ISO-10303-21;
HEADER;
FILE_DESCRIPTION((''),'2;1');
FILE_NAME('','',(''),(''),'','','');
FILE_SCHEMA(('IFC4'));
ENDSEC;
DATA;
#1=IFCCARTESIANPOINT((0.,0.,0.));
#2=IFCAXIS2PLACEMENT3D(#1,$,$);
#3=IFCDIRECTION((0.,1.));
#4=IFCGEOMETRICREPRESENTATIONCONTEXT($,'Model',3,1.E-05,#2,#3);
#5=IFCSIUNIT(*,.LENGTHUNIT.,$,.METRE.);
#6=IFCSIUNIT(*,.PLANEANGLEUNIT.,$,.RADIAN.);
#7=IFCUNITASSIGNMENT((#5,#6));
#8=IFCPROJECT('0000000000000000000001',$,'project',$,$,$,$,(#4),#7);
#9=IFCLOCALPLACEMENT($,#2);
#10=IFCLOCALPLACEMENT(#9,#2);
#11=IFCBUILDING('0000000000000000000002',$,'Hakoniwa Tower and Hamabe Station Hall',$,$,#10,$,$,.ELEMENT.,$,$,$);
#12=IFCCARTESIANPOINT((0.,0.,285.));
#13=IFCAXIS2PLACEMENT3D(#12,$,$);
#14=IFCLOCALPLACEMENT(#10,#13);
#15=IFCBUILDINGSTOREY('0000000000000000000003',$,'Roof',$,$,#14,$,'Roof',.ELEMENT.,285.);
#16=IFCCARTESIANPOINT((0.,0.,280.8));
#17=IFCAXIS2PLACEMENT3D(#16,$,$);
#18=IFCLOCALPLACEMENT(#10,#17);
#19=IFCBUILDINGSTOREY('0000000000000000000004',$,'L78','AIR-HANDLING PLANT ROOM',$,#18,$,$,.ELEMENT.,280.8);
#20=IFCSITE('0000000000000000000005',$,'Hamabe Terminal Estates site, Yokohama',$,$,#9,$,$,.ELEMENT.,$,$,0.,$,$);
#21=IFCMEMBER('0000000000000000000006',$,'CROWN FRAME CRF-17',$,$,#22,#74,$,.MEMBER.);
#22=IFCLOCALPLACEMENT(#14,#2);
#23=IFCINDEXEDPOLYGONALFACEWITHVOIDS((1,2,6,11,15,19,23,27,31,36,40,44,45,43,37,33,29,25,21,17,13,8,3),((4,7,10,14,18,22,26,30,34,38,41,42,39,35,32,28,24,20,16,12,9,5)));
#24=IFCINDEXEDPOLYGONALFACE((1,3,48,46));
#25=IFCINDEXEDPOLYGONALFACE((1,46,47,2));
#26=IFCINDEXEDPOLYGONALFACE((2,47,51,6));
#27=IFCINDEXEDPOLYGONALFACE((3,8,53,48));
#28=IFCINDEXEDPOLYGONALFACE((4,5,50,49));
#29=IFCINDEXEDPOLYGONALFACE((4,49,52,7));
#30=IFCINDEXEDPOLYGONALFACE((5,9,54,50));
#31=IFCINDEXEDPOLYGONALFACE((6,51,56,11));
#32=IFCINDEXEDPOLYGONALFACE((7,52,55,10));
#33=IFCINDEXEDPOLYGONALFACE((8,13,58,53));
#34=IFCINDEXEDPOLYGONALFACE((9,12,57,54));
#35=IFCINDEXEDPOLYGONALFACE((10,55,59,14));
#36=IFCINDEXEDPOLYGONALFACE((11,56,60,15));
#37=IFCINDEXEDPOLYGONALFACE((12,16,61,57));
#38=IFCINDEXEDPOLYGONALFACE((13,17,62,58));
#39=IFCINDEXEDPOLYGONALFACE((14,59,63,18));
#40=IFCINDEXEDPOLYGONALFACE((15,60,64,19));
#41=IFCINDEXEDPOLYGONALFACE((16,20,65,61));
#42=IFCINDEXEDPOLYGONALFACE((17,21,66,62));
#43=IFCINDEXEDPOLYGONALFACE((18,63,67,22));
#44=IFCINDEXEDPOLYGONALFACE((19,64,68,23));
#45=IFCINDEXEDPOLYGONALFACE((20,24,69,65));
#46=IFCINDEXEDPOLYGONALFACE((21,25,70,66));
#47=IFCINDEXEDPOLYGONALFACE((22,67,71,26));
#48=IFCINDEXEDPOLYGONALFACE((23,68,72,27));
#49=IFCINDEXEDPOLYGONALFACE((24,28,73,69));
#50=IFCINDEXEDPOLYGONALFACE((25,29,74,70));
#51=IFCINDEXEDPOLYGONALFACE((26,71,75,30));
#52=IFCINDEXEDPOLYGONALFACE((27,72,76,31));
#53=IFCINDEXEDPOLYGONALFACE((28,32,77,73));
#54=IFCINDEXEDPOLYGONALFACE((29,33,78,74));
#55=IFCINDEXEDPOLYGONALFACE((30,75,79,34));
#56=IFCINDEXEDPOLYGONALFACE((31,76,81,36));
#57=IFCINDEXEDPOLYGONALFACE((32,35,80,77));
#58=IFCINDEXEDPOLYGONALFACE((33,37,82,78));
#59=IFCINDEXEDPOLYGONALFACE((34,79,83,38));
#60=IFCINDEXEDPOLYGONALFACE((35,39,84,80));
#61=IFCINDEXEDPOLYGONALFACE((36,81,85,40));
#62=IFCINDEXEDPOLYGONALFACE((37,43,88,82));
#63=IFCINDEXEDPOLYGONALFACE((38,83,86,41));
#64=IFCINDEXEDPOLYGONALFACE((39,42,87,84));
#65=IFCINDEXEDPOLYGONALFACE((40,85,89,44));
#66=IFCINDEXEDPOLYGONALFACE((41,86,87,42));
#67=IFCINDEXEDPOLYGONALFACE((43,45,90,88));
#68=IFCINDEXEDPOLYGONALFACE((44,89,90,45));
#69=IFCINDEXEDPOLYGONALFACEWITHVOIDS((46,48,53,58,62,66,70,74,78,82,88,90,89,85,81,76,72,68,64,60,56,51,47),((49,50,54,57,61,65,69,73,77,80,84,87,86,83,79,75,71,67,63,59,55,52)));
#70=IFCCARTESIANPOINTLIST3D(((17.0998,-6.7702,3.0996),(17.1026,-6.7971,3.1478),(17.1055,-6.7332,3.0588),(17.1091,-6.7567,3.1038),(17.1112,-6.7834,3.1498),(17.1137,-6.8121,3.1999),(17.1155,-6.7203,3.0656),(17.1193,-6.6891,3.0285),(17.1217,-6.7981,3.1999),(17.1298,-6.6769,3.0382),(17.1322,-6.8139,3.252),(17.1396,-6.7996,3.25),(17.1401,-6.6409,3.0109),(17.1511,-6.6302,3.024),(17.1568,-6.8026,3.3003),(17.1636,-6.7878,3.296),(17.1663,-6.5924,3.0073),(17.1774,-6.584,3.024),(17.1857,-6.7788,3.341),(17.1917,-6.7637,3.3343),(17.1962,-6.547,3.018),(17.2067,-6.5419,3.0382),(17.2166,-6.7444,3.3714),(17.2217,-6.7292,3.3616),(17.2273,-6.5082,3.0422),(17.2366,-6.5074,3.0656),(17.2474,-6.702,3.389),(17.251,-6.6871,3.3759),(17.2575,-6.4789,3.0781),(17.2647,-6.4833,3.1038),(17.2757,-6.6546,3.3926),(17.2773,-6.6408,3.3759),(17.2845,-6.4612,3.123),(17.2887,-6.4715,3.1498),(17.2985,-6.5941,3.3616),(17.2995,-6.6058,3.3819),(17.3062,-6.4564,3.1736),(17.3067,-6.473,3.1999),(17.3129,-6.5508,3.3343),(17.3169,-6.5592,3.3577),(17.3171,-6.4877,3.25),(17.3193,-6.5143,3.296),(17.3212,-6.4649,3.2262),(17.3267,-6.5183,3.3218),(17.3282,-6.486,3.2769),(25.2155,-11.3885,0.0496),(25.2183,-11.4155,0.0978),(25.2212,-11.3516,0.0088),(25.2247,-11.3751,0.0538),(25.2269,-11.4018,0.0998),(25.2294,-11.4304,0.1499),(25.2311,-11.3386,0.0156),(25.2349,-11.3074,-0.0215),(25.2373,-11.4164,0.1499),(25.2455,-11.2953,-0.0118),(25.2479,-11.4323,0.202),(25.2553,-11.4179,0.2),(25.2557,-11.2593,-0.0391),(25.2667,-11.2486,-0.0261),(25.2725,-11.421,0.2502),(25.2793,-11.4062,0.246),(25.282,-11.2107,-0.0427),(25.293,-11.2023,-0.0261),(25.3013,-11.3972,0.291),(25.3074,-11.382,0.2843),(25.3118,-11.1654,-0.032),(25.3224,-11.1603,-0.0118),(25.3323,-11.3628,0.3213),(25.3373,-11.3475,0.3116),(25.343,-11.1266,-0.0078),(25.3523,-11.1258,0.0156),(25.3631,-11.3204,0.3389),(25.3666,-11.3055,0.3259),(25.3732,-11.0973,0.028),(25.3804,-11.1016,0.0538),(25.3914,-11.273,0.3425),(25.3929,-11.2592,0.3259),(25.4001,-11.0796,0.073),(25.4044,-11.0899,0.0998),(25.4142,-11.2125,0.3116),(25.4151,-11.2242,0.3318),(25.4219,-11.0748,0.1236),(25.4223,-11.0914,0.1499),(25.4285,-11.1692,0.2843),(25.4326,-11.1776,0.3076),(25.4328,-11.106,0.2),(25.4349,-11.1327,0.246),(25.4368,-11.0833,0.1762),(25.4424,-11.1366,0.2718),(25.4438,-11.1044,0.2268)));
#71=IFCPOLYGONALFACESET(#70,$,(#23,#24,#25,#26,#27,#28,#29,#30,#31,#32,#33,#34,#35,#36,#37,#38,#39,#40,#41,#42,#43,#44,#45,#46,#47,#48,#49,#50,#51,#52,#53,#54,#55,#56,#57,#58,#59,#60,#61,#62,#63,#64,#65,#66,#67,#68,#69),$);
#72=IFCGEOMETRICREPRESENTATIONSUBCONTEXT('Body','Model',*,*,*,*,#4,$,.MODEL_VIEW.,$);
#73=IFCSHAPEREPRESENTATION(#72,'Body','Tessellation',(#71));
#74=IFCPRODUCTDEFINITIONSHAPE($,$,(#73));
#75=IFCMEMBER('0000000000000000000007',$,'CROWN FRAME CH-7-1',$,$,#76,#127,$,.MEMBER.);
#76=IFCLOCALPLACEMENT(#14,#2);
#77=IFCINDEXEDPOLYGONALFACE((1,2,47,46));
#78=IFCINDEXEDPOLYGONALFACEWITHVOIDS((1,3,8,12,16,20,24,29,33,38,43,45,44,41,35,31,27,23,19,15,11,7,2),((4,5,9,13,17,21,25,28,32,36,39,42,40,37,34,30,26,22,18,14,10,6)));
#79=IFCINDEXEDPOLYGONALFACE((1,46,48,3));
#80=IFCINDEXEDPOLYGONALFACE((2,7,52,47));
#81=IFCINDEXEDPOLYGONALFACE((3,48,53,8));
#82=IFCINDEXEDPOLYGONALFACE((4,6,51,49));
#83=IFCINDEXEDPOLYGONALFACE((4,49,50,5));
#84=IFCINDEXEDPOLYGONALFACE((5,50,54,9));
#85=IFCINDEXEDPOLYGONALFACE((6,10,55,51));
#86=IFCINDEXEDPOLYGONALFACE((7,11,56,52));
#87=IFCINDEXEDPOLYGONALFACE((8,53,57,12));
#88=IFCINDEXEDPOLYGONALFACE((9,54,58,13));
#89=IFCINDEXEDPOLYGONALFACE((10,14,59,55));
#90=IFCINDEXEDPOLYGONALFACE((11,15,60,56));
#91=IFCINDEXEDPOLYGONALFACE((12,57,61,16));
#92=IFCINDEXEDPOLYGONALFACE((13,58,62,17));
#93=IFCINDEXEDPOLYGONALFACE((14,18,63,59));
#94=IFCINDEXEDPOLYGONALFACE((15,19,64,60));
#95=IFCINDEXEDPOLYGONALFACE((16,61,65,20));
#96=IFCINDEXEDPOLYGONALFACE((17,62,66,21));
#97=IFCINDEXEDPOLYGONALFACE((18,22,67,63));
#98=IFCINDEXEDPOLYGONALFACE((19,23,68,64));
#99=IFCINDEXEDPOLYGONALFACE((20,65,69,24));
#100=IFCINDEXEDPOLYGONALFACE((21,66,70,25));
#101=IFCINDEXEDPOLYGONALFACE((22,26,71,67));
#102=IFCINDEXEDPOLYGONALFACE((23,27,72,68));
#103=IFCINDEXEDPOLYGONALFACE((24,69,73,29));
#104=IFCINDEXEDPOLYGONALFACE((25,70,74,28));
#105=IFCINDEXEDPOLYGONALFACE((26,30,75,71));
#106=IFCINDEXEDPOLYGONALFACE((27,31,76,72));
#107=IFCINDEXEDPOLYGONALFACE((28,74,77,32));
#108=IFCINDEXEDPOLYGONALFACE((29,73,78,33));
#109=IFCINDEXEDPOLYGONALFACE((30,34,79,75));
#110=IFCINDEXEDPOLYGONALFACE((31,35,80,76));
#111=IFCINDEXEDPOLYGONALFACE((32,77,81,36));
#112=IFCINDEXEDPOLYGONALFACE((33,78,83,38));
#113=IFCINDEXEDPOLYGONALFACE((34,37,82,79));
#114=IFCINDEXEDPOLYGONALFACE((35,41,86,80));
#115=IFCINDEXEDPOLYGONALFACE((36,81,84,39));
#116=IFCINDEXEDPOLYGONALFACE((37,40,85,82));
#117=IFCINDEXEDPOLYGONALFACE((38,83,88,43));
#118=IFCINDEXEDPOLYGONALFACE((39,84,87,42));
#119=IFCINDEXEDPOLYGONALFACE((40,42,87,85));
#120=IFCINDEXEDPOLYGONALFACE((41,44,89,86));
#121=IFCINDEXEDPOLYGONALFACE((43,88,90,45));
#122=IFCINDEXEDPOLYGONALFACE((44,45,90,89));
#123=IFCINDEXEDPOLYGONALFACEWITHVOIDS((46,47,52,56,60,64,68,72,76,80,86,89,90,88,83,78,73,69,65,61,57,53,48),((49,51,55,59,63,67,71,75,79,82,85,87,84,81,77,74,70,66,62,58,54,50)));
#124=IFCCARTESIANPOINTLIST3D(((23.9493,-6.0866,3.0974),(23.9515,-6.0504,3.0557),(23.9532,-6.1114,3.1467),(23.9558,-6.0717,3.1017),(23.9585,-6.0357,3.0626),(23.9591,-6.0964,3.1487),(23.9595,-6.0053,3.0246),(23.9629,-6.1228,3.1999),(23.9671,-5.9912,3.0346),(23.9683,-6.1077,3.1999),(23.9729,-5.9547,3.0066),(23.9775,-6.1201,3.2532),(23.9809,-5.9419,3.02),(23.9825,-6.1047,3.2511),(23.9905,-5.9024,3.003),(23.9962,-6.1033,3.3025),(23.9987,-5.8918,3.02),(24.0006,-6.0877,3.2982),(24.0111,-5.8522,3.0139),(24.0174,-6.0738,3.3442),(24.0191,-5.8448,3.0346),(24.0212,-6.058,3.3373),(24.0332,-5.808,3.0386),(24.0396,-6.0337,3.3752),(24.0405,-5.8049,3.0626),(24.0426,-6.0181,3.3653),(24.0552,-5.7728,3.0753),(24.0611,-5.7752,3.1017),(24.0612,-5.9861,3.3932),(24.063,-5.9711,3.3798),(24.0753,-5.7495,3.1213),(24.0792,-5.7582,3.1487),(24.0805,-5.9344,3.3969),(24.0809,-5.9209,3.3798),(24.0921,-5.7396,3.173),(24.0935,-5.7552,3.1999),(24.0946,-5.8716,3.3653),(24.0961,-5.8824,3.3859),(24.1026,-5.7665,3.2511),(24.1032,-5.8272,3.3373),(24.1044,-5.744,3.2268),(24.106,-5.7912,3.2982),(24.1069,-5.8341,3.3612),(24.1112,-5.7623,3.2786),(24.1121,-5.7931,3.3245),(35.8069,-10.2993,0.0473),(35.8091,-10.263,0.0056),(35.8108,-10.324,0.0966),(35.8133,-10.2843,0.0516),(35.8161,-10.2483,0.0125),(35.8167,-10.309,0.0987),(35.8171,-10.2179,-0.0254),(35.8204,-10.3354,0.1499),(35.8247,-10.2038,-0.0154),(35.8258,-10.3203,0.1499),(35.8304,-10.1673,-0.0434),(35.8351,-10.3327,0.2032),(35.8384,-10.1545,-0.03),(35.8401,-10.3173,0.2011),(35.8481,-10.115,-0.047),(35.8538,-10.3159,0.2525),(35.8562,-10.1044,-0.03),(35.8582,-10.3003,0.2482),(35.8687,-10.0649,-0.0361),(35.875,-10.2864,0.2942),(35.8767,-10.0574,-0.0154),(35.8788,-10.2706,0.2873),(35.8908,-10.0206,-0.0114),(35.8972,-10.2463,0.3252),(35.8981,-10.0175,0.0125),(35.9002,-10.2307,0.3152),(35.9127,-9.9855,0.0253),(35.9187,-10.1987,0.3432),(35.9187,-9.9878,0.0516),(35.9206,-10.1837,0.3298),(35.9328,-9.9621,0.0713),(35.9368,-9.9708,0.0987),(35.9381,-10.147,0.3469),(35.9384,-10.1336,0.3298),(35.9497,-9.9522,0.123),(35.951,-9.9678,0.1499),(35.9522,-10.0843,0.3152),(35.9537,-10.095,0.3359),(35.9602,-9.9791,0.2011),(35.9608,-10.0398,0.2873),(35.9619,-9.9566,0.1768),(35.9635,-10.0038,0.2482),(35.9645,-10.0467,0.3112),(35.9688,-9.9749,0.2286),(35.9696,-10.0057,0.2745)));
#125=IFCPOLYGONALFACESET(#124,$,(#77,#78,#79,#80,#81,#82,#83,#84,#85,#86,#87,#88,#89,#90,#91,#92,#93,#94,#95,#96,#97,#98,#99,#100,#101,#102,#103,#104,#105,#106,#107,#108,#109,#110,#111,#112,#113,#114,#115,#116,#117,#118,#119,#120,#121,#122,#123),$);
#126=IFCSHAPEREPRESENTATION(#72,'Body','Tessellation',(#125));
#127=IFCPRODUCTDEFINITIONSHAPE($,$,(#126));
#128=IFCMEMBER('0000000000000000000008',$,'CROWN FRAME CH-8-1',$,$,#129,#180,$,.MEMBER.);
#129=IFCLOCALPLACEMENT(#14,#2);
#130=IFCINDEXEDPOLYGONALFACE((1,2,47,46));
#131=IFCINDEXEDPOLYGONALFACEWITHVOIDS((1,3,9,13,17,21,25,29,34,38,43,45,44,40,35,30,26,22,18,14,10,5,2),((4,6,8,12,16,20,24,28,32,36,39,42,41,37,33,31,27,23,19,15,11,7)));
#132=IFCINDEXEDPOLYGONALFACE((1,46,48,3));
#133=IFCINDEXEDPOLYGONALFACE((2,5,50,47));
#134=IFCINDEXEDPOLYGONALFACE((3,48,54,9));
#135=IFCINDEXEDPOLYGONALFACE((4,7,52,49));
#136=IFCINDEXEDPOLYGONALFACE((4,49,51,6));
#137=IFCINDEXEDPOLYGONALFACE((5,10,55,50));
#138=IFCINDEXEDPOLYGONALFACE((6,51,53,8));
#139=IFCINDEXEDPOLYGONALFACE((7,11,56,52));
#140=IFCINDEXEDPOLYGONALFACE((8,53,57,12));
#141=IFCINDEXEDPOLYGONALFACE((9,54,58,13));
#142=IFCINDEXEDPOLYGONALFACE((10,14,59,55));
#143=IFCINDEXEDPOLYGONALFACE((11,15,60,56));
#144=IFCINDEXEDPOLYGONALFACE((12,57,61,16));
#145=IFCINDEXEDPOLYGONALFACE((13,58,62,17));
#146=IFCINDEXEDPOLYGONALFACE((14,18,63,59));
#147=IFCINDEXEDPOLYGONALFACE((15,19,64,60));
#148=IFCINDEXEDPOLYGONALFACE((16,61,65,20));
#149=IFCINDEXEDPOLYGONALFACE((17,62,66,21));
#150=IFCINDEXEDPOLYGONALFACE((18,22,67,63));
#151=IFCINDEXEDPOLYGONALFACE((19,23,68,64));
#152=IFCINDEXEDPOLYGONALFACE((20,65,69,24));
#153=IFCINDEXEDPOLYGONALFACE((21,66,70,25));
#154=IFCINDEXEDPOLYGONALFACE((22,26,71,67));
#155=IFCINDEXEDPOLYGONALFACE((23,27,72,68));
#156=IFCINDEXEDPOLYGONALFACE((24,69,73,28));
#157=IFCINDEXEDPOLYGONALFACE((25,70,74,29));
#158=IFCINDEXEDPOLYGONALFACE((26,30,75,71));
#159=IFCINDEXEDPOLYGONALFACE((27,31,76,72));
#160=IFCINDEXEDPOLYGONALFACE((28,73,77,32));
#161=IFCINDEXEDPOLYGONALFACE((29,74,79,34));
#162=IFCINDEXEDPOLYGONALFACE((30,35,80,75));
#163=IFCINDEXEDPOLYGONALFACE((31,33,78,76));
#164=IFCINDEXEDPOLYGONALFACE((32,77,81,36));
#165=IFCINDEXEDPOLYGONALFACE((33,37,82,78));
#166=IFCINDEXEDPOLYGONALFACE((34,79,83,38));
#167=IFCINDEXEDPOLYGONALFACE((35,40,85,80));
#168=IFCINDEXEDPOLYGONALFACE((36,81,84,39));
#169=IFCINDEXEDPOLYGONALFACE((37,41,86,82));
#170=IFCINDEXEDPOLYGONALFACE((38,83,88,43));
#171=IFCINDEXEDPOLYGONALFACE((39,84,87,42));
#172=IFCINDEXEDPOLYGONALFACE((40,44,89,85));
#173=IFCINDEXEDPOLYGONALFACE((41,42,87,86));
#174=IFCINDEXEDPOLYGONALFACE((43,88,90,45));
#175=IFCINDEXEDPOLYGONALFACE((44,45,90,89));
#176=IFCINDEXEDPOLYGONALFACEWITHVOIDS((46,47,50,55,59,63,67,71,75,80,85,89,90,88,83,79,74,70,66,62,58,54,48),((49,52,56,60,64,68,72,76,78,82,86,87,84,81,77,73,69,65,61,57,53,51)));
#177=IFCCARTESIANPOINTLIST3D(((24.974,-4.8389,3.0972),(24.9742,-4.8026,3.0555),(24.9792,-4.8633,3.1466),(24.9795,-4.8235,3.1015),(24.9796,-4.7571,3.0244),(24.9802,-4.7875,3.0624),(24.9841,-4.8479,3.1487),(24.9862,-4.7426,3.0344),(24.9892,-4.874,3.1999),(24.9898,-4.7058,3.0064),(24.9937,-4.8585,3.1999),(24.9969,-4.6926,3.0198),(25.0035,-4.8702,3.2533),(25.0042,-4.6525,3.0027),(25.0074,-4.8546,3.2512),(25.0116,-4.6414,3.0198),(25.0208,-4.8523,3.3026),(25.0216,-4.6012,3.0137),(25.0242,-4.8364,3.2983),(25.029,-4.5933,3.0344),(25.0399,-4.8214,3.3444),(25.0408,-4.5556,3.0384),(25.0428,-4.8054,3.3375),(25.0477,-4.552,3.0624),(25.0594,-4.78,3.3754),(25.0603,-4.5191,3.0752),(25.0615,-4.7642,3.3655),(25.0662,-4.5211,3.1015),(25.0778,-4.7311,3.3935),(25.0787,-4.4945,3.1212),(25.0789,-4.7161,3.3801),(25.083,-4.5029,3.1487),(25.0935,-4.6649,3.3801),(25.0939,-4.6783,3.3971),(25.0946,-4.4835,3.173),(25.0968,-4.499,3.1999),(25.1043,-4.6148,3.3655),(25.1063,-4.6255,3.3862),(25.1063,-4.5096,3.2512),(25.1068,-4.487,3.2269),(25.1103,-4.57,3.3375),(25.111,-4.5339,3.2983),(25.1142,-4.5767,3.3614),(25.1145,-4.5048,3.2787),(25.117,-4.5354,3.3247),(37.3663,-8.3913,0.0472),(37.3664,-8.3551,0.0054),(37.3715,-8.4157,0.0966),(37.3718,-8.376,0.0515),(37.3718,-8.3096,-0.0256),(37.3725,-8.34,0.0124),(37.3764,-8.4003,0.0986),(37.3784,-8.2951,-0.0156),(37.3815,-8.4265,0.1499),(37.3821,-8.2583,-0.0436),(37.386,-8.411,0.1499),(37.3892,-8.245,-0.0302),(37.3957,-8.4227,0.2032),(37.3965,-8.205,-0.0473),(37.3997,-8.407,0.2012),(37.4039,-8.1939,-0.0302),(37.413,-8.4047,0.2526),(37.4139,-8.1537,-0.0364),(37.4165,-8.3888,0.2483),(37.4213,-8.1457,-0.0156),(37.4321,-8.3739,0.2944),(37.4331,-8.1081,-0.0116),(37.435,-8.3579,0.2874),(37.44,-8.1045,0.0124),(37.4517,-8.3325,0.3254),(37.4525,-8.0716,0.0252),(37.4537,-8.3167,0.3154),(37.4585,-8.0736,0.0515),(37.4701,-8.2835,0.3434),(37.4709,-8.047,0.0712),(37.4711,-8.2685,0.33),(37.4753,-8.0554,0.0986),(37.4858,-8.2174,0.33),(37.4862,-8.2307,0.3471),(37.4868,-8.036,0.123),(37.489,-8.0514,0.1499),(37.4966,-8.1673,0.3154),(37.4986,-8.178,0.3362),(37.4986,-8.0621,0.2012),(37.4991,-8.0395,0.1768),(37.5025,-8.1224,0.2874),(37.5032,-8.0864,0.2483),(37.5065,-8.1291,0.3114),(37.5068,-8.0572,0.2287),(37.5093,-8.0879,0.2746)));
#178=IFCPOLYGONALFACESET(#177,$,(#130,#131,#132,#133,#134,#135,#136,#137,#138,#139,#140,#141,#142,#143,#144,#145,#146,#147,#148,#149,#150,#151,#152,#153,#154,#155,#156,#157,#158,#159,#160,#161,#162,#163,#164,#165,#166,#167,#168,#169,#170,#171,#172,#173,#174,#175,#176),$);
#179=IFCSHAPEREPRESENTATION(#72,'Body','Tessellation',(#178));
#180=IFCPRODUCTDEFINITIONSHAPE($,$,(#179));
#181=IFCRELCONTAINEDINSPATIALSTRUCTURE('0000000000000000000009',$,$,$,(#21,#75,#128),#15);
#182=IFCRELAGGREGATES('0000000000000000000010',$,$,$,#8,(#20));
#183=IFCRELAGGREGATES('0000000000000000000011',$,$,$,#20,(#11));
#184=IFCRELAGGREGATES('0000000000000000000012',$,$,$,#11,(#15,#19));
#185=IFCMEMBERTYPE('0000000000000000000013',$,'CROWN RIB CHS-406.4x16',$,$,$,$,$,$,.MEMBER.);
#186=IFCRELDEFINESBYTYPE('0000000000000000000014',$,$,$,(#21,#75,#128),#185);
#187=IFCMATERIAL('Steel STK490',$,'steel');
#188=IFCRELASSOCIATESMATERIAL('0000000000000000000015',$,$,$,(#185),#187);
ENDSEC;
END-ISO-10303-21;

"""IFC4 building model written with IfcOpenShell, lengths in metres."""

from ifc_helpers import new_model, si_unit, direction, frame, origin, origin_2d, place, context, subcontext, project, spatial, hollow_circle, extrude, material, material_profile, profile_set, type_object, element, save


model = new_model("IFC4")

# Units and contexts
model_context = context("Model", 3, precision=1e-05, world=origin(), true_north=direction((0.0, 1.0)))
body_context = subcontext(model_context, "Body", "Model", "MODEL_VIEW")
ifc_project = project(units=[si_unit("LENGTHUNIT", "METRE"), si_unit("PLANEANGLEUNIT", "RADIAN")], contexts=[model_context])

# Site, building, storey
site_placement = place(None, origin())
site = spatial("IfcSite", under=ifc_project, at=site_placement, Name="Hamabe Terminal Estates site, Yokohama", CompositionType="ELEMENT", RefElevation=0.0)
building_placement = place(site_placement, origin())
building = spatial("IfcBuilding", under=site, at=building_placement, Name="Hakoniwa Tower and Hamabe Station Hall", CompositionType="ELEMENT")
storey_1_placement = place(building_placement, frame((0.0, 0.0, 285.0)))
storey_1 = spatial("IfcBuildingStorey", under=building, at=storey_1_placement, Name="Roof", LongName="Roof", CompositionType="ELEMENT", Elevation=285.0)

# Members
ifc_material_1 = material(Name="Steel STK490", Category="steel")
ifc_material_profile_1 = material_profile(ifc_material_1, hollow_circle(Radius=0.2031, WallThickness=0.0161, at=origin_2d()), Name="CHS-406.4x16")
ifc_profile_set_1 = profile_set([ifc_material_profile_1], Name="Steel STK490")
member_type_1 = type_object("IfcMemberType", Name="CROWN RIB CHS-406.4x16", PredefinedType="MEMBER", material=ifc_profile_set_1)
member_1_placement = place(storey_1_placement, frame((25.3298, -11.2539, 0.1499), z_axis=(-0.82617, 0.470148, 0.310491), x_axis=(-0.494592, -0.869125, 0.0)))
element("IfcMember", 1, at=member_1_placement, inside=storey_1, type_object=member_type_1, Name="CROWN FRAME CRF-17", PredefinedType="MEMBER", context=body_context, shape_type="SweptSolid", body=[
    extrude(hollow_circle(Radius=0.2031, WallThickness=0.0161, at=origin_2d()), origin(), (0.0, 0.0, 1.0), 9.8232),
])
member_2_placement = place(storey_1_placement, frame((35.8884, -10.144, 0.1499), z_axis=(-0.915784, 0.325348, 0.235559), x_axis=(-0.334769, -0.9423, 0.0)))
element("IfcMember", 2, at=member_2_placement, inside=storey_1, type_object=member_type_1, Name="CROWN FRAME CH-7-1", PredefinedType="MEMBER", context=body_context, shape_type="SweptSolid", body=[
    extrude(hollow_circle(Radius=0.2031, WallThickness=0.0161, at=origin_2d()), origin(), (0.0, 0.0, 1.0), 12.948),
])
member_3_placement = place(storey_1_placement, frame((37.4375, -8.2312, 0.1499), z_axis=(-0.935456, 0.268166, 0.230238), x_axis=(-0.275569, -0.961281, 0.0)))
element("IfcMember", 3, at=member_3_placement, inside=storey_1, type_object=member_type_1, Name="CROWN FRAME CH-8-1", PredefinedType="MEMBER", context=body_context, shape_type="SweptSolid", body=[
    extrude(hollow_circle(Radius=0.2031, WallThickness=0.0161, at=origin_2d()), origin(), (0.0, 0.0, 1.0), 13.2473),
])

# Shared definitions
storey_2_placement = place(building_placement, frame((0.0, 0.0, 280.8)))
storey_2 = spatial("IfcBuildingStorey", under=building, at=storey_2_placement, Name="L78", Description="AIR-HANDLING PLANT ROOM", CompositionType="ELEMENT", Elevation=280.8)

save(model, "model.ifc")
